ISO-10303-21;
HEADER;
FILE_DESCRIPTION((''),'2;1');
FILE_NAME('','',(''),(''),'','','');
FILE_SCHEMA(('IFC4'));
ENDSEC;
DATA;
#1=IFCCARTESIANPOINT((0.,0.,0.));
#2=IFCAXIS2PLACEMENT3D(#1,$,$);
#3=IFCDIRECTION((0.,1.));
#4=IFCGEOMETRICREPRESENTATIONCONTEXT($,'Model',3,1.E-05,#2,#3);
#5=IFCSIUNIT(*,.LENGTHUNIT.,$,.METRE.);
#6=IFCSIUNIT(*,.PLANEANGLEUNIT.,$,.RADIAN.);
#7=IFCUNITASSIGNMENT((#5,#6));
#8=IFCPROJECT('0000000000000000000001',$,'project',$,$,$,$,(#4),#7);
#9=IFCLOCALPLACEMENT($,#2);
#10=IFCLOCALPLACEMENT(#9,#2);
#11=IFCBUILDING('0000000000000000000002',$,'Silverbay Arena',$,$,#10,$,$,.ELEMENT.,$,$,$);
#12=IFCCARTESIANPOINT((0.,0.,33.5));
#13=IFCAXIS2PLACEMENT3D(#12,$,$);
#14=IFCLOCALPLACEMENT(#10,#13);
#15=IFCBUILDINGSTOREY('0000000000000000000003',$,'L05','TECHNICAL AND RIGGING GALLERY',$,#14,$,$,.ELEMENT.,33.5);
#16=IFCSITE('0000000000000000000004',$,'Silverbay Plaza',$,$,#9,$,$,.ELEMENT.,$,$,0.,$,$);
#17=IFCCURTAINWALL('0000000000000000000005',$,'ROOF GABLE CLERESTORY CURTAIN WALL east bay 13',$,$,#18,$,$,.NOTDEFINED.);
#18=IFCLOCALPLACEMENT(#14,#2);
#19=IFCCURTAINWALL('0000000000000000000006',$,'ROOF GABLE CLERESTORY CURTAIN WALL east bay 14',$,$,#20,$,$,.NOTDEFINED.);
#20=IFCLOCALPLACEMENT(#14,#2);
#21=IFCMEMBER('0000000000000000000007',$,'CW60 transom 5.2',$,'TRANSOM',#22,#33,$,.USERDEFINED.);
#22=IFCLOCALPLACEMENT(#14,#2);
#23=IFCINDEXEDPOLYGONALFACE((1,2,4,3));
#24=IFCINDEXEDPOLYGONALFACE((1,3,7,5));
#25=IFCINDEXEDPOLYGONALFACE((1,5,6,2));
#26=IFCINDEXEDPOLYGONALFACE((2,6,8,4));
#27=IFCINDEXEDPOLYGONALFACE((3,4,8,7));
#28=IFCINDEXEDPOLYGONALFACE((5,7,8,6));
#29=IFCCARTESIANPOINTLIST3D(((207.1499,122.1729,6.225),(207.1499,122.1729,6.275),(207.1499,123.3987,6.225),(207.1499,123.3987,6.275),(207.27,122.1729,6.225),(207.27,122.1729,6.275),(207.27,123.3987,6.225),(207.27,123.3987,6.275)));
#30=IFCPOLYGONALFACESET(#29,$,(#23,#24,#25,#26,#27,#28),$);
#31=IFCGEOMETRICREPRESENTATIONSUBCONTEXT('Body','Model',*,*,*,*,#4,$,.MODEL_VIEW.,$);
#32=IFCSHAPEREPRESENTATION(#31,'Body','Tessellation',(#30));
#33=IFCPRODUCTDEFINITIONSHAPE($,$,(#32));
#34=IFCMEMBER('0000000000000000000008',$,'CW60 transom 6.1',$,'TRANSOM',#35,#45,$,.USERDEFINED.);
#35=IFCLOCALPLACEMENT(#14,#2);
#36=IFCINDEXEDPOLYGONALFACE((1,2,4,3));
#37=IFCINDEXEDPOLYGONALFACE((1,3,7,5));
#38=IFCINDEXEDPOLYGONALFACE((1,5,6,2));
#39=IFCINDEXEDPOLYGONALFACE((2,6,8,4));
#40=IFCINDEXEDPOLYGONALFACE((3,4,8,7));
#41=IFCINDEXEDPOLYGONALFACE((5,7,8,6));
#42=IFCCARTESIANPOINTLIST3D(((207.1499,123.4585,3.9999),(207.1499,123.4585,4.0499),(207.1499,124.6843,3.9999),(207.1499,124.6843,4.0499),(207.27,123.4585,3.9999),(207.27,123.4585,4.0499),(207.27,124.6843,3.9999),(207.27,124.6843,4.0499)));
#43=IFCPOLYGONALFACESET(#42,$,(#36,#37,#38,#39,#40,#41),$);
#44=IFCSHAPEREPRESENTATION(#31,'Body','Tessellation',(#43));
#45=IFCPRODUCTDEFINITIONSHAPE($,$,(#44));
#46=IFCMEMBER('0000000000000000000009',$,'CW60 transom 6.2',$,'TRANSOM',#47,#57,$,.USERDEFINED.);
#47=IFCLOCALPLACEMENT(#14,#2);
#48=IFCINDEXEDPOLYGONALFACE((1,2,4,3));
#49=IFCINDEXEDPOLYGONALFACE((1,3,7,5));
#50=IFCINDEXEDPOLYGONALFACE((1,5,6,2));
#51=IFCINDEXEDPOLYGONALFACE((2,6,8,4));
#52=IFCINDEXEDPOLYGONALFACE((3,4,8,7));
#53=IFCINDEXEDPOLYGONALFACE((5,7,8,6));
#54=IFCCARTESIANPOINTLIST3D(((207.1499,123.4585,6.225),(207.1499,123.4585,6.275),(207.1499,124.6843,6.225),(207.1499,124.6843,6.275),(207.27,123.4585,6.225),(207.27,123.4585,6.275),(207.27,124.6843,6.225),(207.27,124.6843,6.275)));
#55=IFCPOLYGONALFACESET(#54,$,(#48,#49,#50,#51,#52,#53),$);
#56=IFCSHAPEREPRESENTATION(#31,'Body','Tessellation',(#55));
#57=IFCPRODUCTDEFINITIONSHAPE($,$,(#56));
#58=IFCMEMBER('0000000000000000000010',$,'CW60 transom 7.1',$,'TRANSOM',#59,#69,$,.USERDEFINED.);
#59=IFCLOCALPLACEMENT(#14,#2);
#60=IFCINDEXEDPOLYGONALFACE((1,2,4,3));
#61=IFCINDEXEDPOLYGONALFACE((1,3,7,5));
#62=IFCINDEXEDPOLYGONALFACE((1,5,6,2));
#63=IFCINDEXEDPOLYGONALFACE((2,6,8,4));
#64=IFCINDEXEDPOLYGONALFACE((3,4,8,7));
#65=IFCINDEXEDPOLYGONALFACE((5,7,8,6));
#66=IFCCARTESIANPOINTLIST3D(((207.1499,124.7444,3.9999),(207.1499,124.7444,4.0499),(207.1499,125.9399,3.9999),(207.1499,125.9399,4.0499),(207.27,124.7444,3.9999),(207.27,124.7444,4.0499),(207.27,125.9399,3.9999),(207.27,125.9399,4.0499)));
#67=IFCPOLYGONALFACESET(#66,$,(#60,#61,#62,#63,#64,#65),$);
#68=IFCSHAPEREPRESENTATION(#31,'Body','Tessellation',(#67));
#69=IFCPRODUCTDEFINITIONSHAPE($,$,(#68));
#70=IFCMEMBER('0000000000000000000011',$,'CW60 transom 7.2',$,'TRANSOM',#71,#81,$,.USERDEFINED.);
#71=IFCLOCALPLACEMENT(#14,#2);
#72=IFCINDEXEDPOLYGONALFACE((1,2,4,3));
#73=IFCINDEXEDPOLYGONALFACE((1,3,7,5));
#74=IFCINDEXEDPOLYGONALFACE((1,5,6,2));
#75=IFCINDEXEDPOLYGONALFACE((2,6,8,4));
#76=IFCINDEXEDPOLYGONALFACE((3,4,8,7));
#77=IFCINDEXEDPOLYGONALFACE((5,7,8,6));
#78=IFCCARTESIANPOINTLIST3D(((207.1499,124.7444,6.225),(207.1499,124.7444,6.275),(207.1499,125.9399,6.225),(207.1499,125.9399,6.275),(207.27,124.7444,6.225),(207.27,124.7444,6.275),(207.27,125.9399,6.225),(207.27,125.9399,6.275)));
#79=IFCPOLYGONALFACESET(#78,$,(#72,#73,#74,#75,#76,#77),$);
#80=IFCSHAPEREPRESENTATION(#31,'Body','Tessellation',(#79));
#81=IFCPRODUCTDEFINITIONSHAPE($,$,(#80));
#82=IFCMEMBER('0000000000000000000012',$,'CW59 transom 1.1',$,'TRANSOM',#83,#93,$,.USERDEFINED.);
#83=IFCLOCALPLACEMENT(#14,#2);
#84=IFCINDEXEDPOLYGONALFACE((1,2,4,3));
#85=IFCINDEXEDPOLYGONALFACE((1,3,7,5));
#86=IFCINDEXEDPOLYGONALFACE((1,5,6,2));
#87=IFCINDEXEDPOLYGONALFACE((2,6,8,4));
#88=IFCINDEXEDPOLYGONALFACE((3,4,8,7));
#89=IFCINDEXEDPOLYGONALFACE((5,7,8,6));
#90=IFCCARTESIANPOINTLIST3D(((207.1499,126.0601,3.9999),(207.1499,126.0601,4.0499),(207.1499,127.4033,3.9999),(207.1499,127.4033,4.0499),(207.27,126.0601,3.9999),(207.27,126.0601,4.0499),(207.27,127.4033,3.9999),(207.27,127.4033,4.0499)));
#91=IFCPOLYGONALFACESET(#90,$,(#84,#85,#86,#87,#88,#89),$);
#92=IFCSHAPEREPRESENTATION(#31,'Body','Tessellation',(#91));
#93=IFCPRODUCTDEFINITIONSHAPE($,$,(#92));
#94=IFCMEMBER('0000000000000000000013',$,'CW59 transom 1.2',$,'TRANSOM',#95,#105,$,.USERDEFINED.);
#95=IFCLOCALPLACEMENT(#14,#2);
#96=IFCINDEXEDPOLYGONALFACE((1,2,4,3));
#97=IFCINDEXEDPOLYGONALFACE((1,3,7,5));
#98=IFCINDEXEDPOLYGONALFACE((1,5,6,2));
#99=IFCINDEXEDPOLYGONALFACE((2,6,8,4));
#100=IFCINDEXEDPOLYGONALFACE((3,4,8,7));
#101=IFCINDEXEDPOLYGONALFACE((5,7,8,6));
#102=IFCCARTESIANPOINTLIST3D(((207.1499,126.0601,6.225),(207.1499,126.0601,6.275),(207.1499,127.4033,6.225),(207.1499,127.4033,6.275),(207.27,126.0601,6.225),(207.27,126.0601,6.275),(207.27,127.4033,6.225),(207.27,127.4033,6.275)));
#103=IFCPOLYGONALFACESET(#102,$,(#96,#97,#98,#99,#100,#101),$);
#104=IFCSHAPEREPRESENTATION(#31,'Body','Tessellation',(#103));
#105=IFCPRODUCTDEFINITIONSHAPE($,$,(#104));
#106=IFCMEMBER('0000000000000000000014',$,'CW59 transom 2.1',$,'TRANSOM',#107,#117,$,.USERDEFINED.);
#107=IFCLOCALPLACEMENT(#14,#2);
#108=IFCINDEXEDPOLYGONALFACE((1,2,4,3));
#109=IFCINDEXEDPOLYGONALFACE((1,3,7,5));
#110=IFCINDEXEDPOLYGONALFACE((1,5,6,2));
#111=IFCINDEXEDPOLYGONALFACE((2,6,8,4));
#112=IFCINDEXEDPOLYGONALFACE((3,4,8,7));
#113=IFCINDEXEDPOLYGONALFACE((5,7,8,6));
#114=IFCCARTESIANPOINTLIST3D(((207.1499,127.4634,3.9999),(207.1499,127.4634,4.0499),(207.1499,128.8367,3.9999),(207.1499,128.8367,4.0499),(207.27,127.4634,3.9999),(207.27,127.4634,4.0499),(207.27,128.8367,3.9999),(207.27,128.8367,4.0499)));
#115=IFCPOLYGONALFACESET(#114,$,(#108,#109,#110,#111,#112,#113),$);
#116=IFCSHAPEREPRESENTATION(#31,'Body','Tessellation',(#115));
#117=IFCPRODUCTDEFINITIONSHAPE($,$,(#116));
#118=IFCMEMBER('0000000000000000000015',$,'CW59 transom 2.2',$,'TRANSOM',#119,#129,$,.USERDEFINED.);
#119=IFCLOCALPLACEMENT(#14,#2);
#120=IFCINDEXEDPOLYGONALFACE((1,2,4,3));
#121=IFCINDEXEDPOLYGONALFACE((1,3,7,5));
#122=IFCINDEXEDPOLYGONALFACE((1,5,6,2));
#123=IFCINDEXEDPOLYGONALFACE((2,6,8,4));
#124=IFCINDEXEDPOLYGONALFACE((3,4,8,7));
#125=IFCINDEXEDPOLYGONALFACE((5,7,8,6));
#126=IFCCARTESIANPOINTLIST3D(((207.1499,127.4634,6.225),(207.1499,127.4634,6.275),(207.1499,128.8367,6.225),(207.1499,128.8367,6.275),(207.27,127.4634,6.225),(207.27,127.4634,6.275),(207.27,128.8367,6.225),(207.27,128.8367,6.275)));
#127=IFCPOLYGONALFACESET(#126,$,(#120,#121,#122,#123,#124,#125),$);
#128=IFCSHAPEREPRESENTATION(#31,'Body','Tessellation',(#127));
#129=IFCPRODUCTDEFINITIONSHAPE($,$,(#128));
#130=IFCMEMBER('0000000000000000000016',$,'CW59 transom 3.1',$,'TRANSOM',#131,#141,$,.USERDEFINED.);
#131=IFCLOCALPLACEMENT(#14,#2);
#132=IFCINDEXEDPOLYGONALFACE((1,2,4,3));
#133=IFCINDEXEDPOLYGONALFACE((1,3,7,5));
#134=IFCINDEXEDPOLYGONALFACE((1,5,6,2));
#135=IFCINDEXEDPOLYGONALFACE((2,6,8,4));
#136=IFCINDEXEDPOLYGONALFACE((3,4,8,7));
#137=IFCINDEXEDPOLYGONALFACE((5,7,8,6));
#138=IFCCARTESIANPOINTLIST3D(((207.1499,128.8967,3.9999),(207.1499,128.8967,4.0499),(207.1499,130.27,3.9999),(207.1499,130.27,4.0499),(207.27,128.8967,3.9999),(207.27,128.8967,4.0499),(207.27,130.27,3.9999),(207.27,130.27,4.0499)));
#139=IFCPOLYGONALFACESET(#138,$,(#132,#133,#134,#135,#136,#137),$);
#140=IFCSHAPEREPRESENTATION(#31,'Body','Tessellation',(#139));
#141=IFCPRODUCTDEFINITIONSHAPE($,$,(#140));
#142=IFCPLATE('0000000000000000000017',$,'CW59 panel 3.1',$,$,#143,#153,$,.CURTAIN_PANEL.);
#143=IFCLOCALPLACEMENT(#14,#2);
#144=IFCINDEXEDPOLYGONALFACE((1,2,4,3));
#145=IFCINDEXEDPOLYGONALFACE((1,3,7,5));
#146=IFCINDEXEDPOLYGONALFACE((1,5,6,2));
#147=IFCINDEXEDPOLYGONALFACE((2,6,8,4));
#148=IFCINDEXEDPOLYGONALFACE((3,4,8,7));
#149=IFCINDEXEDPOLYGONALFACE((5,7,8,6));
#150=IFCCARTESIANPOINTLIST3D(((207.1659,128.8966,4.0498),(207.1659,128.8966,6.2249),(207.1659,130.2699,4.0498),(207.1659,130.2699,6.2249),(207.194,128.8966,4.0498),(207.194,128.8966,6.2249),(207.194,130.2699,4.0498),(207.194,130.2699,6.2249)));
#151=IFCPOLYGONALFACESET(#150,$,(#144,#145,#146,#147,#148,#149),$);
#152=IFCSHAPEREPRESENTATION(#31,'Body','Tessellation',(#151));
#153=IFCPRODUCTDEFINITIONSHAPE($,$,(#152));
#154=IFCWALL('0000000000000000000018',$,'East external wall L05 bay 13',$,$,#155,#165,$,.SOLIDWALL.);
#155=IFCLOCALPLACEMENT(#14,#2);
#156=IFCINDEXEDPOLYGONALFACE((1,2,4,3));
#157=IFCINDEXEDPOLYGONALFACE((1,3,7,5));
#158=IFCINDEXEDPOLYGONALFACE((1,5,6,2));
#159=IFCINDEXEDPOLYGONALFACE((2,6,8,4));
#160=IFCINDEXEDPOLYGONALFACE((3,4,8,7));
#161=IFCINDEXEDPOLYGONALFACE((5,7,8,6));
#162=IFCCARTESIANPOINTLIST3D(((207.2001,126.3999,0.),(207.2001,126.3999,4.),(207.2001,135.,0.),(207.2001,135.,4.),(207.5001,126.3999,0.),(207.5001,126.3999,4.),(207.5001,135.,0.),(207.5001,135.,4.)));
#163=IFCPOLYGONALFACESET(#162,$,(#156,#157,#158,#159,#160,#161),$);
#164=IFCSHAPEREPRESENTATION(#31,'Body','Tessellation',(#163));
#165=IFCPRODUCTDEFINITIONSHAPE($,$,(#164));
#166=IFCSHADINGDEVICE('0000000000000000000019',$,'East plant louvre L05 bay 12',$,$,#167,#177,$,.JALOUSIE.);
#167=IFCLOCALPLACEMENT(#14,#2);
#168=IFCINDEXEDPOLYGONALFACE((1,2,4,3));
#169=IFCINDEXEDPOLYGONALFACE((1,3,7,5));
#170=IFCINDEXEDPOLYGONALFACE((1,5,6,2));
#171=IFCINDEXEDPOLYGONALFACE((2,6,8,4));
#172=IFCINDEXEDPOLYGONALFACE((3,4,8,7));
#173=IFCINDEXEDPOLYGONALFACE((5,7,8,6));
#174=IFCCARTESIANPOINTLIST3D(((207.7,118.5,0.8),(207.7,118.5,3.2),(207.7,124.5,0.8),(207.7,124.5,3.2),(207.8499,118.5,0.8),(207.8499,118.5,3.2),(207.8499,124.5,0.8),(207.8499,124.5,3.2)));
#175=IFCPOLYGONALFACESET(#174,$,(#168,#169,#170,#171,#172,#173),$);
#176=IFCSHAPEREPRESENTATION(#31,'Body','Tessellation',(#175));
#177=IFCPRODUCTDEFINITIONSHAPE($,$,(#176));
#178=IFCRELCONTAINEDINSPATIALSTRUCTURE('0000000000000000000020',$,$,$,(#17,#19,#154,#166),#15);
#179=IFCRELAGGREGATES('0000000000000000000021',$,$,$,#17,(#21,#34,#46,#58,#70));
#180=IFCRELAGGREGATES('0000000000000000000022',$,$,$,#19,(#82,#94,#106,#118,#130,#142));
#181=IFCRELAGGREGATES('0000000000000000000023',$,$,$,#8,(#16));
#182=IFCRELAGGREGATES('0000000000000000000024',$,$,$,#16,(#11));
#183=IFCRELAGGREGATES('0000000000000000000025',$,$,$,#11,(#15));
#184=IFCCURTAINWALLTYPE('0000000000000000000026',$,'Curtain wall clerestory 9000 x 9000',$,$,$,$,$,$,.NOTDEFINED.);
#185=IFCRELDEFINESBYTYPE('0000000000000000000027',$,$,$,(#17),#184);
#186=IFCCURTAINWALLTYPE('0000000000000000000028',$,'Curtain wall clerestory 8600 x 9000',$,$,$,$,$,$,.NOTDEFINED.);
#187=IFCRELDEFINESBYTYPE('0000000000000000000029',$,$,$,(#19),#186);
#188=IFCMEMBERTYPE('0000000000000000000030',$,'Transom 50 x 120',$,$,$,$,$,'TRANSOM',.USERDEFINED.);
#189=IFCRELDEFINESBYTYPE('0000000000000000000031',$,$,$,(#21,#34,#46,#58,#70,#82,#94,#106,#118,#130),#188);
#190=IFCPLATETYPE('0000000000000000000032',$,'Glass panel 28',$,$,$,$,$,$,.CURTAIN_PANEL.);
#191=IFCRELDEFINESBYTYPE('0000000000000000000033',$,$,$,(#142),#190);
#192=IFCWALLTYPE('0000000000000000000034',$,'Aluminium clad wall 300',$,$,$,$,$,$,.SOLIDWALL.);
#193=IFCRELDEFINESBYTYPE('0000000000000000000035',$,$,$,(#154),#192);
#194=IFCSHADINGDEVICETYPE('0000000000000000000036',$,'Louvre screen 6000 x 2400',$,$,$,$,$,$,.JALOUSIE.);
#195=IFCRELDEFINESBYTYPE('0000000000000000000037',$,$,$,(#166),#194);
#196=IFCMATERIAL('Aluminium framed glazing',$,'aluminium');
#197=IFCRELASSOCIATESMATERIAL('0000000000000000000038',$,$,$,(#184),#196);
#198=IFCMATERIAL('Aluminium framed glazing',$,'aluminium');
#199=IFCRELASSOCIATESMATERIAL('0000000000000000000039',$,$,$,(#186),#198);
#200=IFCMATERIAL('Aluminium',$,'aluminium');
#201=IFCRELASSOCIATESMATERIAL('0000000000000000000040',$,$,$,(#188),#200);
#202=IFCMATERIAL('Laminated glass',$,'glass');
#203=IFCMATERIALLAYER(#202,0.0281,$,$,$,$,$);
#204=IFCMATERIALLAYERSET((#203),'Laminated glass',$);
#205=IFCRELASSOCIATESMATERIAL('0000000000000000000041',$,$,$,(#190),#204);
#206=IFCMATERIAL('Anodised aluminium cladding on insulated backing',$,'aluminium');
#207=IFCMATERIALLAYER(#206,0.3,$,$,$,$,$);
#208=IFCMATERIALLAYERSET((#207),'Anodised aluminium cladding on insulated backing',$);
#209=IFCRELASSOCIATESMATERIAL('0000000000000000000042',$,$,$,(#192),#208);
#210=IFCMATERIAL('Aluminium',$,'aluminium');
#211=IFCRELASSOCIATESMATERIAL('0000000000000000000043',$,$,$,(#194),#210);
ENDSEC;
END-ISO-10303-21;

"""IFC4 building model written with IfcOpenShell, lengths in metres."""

from ifc_helpers import new_model, si_unit, direction, frame, frame_2d, origin, origin_2d, place, context, subcontext, project, spatial, rectangle, extrude, material, layer, layer_set, material_profile, profile_set, type_object, element, aggregate, save


model = new_model("IFC4")

# Units and contexts
model_context = context("Model", 3, precision=1e-05, world=origin(), true_north=direction((0.0, 1.0)))
body_context = subcontext(model_context, "Body", "Model", "MODEL_VIEW")
ifc_project = project(units=[si_unit("LENGTHUNIT", "METRE"), si_unit("PLANEANGLEUNIT", "RADIAN")], contexts=[model_context])

# Site, building, storey
site_placement = place(None, origin())
site = spatial("IfcSite", under=ifc_project, at=site_placement, Name="Silverbay Plaza", CompositionType="ELEMENT", RefElevation=0.0)
building_placement = place(site_placement, origin())
building = spatial("IfcBuilding", under=site, at=building_placement, Name="Silverbay Arena", CompositionType="ELEMENT")
storey_placement = place(building_placement, frame((0.0, 0.0, 33.5)))
storey = spatial("IfcBuildingStorey", under=building, at=storey_placement, Name="L05", Description="TECHNICAL AND RIGGING GALLERY", CompositionType="ELEMENT", Elevation=33.5)

# Curtain walls
ifc_material_1 = material(Name="Aluminium framed glazing", Category="aluminium")
curtain_wall_type_1 = type_object("IfcCurtainWallType", Name="Curtain wall clerestory 9000 x 9000", PredefinedType="NOTDEFINED", material=ifc_material_1)
curtain_wall_1_placement = place(storey_placement, origin())
curtain_wall_1 = element("IfcCurtainWall", 1, at=curtain_wall_1_placement, inside=storey, type_object=curtain_wall_type_1, Name="ROOF GABLE CLERESTORY CURTAIN WALL east bay 13", PredefinedType="NOTDEFINED")
ifc_material_2 = material(Name="Aluminium framed glazing", Category="aluminium")
curtain_wall_type_2 = type_object("IfcCurtainWallType", Name="Curtain wall clerestory 8600 x 9000", PredefinedType="NOTDEFINED", material=ifc_material_2)
curtain_wall_2_placement = place(storey_placement, origin())
curtain_wall_2 = element("IfcCurtainWall", 2, at=curtain_wall_2_placement, inside=storey, type_object=curtain_wall_type_2, Name="ROOF GABLE CLERESTORY CURTAIN WALL east bay 14", PredefinedType="NOTDEFINED")

# Members
ifc_material_3 = material(Name="Aluminium", Category="aluminium")
ifc_material_profile_1 = material_profile(ifc_material_3, rectangle(XDim=0.1201, YDim=0.05, at=origin_2d()), Name="Transom 50 x 120")
ifc_profile_set_1 = profile_set([ifc_material_profile_1], Name="Aluminium")
member_type_1 = type_object("IfcMemberType", Name="Transom 50 x 120", ElementType="TRANSOM", PredefinedType="USERDEFINED", material=ifc_profile_set_1)
member_1_placement = place(storey_placement, frame((207.21, 122.1729, 6.25), z_axis=(0.0, 1.0, 0.0), x_axis=(-1.0, 0.0, 0.0)))
member_1 = element("IfcMember", 3, at=member_1_placement, type_object=member_type_1, Name="CW60 transom 5.2", ObjectType="TRANSOM", PredefinedType="USERDEFINED", context=body_context, shape_type="SweptSolid", body=[
    extrude(rectangle(XDim=0.1201, YDim=0.05, at=origin_2d()), origin(), (0.0, 0.0, 1.0), 1.2258),
])
member_2_placement = place(storey_placement, frame((207.21, 123.4585, 4.0249), z_axis=(0.0, 1.0, 0.0), x_axis=(-1.0, 0.0, 0.0)))
member_2 = element("IfcMember", 4, at=member_2_placement, type_object=member_type_1, Name="CW60 transom 6.1", ObjectType="TRANSOM", PredefinedType="USERDEFINED", context=body_context, shape_type="SweptSolid", body=[
    extrude(rectangle(XDim=0.1201, YDim=0.05, at=origin_2d()), origin(), (0.0, 0.0, 1.0), 1.2258),
])
member_3_placement = place(storey_placement, frame((207.21, 123.4585, 6.25), z_axis=(0.0, 1.0, 0.0), x_axis=(-1.0, 0.0, 0.0)))
member_3 = element("IfcMember", 5, at=member_3_placement, type_object=member_type_1, Name="CW60 transom 6.2", ObjectType="TRANSOM", PredefinedType="USERDEFINED", context=body_context, shape_type="SweptSolid", body=[
    extrude(rectangle(XDim=0.1201, YDim=0.05, at=origin_2d()), origin(), (0.0, 0.0, 1.0), 1.2258),
])
member_4_placement = place(storey_placement, frame((207.21, 124.7444, 4.0249), z_axis=(0.0, 1.0, 0.0), x_axis=(-1.0, 0.0, 0.0)))
member_4 = element("IfcMember", 6, at=member_4_placement, type_object=member_type_1, Name="CW60 transom 7.1", ObjectType="TRANSOM", PredefinedType="USERDEFINED", context=body_context, shape_type="SweptSolid", body=[
    extrude(rectangle(XDim=0.1201, YDim=0.05, at=origin_2d()), origin(), (0.0, 0.0, 1.0), 1.1956),
])
member_5_placement = place(storey_placement, frame((207.21, 124.7444, 6.25), z_axis=(0.0, 1.0, 0.0), x_axis=(-1.0, 0.0, 0.0)))
member_5 = element("IfcMember", 7, at=member_5_placement, type_object=member_type_1, Name="CW60 transom 7.2", ObjectType="TRANSOM", PredefinedType="USERDEFINED", context=body_context, shape_type="SweptSolid", body=[
    extrude(rectangle(XDim=0.1201, YDim=0.05, at=origin_2d()), origin(), (0.0, 0.0, 1.0), 1.1956),
])
aggregate(curtain_wall_1, [member_1, member_2, member_3, member_4, member_5])
member_6_placement = place(storey_placement, frame((207.21, 126.0601, 4.0249), z_axis=(0.0, 1.0, 0.0), x_axis=(-1.0, 0.0, 0.0)))
member_6 = element("IfcMember", 8, at=member_6_placement, type_object=member_type_1, Name="CW59 transom 1.1", ObjectType="TRANSOM", PredefinedType="USERDEFINED", context=body_context, shape_type="SweptSolid", body=[
    extrude(rectangle(XDim=0.1201, YDim=0.05, at=origin_2d()), origin(), (0.0, 0.0, 1.0), 1.3433),
])
member_7_placement = place(storey_placement, frame((207.21, 126.0601, 6.25), z_axis=(0.0, 1.0, 0.0), x_axis=(-1.0, 0.0, 0.0)))
member_7 = element("IfcMember", 9, at=member_7_placement, type_object=member_type_1, Name="CW59 transom 1.2", ObjectType="TRANSOM", PredefinedType="USERDEFINED", context=body_context, shape_type="SweptSolid", body=[
    extrude(rectangle(XDim=0.1201, YDim=0.05, at=origin_2d()), origin(), (0.0, 0.0, 1.0), 1.3433),
])
member_8_placement = place(storey_placement, frame((207.21, 127.4634, 4.0249), z_axis=(0.0, 1.0, 0.0), x_axis=(-1.0, 0.0, 0.0)))
member_8 = element("IfcMember", 10, at=member_8_placement, type_object=member_type_1, Name="CW59 transom 2.1", ObjectType="TRANSOM", PredefinedType="USERDEFINED", context=body_context, shape_type="SweptSolid", body=[
    extrude(rectangle(XDim=0.1201, YDim=0.05, at=origin_2d()), origin(), (0.0, 0.0, 1.0), 1.3733),
])
member_9_placement = place(storey_placement, frame((207.21, 127.4634, 6.25), z_axis=(0.0, 1.0, 0.0), x_axis=(-1.0, 0.0, 0.0)))
member_9 = element("IfcMember", 11, at=member_9_placement, type_object=member_type_1, Name="CW59 transom 2.2", ObjectType="TRANSOM", PredefinedType="USERDEFINED", context=body_context, shape_type="SweptSolid", body=[
    extrude(rectangle(XDim=0.1201, YDim=0.05, at=origin_2d()), origin(), (0.0, 0.0, 1.0), 1.3733),
])
member_10_placement = place(storey_placement, frame((207.21, 128.8967, 4.0249), z_axis=(0.0, 1.0, 0.0), x_axis=(-1.0, 0.0, 0.0)))
member_10 = element("IfcMember", 12, at=member_10_placement, type_object=member_type_1, Name="CW59 transom 3.1", ObjectType="TRANSOM", PredefinedType="USERDEFINED", context=body_context, shape_type="SweptSolid", body=[
    extrude(rectangle(XDim=0.1201, YDim=0.05, at=origin_2d()), origin(), (0.0, 0.0, 1.0), 1.3733),
])

# Plate
ifc_material_4 = material(Name="Laminated glass", Category="glass")
ifc_layer_1 = layer(ifc_material_4, 0.0281)
ifc_layer_set_1 = layer_set([ifc_layer_1], Name="Laminated glass")
plate_type = type_object("IfcPlateType", Name="Glass panel 28", PredefinedType="CURTAIN_PANEL", material=ifc_layer_set_1)
plate_placement = place(storey_placement, frame((207.1799, 129.5833, 4.0498), z_axis=(0.0, 0.0, 1.0), x_axis=(0.0, 1.0, 0.0)))
plate = element("IfcPlate", 13, at=plate_placement, type_object=plate_type, Name="CW59 panel 3.1", PredefinedType="CURTAIN_PANEL", context=body_context, shape_type="SweptSolid", body=[
    extrude(rectangle(XDim=1.3733, YDim=0.0281, at=origin_2d()), origin(), (0.0, 0.0, 1.0), 2.175),
])
aggregate(curtain_wall_2, [member_6, member_7, member_8, member_9, member_10, plate])

# Wall
ifc_material_5 = material(Name="Anodised aluminium cladding on insulated backing", Category="aluminium")
ifc_layer_2 = layer(ifc_material_5, 0.3)
ifc_layer_set_2 = layer_set([ifc_layer_2], Name="Anodised aluminium cladding on insulated backing")
wall_type = type_object("IfcWallType", Name="Aluminium clad wall 300", PredefinedType="SOLIDWALL", material=ifc_layer_set_2)
wall_placement = place(storey_placement, frame((207.3501, 126.3999, 0.0), z_axis=(0.0, 0.0, 1.0), x_axis=(0.0, 1.0, 0.0)))
element("IfcWall", 14, at=wall_placement, inside=storey, type_object=wall_type, Name="East external wall L05 bay 13", PredefinedType="SOLIDWALL", context=body_context, shape_type="SweptSolid", body=[
    extrude(rectangle(XDim=8.6001, YDim=0.3, at=frame_2d((4.3, 0.0))), origin(), (0.0, 0.0, 1.0), 4.0),
])

# Shading device
ifc_material_6 = material(Name="Aluminium", Category="aluminium")
shading_device_type_1 = type_object("IfcShadingDeviceType", Name="Louvre screen 6000 x 2400", PredefinedType="JALOUSIE", material=ifc_material_6)
shading_device_1_placement = place(storey_placement, frame((207.7749, 121.5, 0.8), z_axis=(0.0, 0.0, 1.0), x_axis=(0.0, 1.0, 0.0)))
element("IfcShadingDevice", 15, at=shading_device_1_placement, inside=storey, type_object=shading_device_type_1, Name="East plant louvre L05 bay 12", PredefinedType="JALOUSIE", context=body_context, shape_type="SweptSolid", body=[
    extrude(rectangle(XDim=6.0, YDim=0.1499, at=origin_2d()), origin(), (0.0, 0.0, 1.0), 2.3999),
])

save(model, "model.ifc")
